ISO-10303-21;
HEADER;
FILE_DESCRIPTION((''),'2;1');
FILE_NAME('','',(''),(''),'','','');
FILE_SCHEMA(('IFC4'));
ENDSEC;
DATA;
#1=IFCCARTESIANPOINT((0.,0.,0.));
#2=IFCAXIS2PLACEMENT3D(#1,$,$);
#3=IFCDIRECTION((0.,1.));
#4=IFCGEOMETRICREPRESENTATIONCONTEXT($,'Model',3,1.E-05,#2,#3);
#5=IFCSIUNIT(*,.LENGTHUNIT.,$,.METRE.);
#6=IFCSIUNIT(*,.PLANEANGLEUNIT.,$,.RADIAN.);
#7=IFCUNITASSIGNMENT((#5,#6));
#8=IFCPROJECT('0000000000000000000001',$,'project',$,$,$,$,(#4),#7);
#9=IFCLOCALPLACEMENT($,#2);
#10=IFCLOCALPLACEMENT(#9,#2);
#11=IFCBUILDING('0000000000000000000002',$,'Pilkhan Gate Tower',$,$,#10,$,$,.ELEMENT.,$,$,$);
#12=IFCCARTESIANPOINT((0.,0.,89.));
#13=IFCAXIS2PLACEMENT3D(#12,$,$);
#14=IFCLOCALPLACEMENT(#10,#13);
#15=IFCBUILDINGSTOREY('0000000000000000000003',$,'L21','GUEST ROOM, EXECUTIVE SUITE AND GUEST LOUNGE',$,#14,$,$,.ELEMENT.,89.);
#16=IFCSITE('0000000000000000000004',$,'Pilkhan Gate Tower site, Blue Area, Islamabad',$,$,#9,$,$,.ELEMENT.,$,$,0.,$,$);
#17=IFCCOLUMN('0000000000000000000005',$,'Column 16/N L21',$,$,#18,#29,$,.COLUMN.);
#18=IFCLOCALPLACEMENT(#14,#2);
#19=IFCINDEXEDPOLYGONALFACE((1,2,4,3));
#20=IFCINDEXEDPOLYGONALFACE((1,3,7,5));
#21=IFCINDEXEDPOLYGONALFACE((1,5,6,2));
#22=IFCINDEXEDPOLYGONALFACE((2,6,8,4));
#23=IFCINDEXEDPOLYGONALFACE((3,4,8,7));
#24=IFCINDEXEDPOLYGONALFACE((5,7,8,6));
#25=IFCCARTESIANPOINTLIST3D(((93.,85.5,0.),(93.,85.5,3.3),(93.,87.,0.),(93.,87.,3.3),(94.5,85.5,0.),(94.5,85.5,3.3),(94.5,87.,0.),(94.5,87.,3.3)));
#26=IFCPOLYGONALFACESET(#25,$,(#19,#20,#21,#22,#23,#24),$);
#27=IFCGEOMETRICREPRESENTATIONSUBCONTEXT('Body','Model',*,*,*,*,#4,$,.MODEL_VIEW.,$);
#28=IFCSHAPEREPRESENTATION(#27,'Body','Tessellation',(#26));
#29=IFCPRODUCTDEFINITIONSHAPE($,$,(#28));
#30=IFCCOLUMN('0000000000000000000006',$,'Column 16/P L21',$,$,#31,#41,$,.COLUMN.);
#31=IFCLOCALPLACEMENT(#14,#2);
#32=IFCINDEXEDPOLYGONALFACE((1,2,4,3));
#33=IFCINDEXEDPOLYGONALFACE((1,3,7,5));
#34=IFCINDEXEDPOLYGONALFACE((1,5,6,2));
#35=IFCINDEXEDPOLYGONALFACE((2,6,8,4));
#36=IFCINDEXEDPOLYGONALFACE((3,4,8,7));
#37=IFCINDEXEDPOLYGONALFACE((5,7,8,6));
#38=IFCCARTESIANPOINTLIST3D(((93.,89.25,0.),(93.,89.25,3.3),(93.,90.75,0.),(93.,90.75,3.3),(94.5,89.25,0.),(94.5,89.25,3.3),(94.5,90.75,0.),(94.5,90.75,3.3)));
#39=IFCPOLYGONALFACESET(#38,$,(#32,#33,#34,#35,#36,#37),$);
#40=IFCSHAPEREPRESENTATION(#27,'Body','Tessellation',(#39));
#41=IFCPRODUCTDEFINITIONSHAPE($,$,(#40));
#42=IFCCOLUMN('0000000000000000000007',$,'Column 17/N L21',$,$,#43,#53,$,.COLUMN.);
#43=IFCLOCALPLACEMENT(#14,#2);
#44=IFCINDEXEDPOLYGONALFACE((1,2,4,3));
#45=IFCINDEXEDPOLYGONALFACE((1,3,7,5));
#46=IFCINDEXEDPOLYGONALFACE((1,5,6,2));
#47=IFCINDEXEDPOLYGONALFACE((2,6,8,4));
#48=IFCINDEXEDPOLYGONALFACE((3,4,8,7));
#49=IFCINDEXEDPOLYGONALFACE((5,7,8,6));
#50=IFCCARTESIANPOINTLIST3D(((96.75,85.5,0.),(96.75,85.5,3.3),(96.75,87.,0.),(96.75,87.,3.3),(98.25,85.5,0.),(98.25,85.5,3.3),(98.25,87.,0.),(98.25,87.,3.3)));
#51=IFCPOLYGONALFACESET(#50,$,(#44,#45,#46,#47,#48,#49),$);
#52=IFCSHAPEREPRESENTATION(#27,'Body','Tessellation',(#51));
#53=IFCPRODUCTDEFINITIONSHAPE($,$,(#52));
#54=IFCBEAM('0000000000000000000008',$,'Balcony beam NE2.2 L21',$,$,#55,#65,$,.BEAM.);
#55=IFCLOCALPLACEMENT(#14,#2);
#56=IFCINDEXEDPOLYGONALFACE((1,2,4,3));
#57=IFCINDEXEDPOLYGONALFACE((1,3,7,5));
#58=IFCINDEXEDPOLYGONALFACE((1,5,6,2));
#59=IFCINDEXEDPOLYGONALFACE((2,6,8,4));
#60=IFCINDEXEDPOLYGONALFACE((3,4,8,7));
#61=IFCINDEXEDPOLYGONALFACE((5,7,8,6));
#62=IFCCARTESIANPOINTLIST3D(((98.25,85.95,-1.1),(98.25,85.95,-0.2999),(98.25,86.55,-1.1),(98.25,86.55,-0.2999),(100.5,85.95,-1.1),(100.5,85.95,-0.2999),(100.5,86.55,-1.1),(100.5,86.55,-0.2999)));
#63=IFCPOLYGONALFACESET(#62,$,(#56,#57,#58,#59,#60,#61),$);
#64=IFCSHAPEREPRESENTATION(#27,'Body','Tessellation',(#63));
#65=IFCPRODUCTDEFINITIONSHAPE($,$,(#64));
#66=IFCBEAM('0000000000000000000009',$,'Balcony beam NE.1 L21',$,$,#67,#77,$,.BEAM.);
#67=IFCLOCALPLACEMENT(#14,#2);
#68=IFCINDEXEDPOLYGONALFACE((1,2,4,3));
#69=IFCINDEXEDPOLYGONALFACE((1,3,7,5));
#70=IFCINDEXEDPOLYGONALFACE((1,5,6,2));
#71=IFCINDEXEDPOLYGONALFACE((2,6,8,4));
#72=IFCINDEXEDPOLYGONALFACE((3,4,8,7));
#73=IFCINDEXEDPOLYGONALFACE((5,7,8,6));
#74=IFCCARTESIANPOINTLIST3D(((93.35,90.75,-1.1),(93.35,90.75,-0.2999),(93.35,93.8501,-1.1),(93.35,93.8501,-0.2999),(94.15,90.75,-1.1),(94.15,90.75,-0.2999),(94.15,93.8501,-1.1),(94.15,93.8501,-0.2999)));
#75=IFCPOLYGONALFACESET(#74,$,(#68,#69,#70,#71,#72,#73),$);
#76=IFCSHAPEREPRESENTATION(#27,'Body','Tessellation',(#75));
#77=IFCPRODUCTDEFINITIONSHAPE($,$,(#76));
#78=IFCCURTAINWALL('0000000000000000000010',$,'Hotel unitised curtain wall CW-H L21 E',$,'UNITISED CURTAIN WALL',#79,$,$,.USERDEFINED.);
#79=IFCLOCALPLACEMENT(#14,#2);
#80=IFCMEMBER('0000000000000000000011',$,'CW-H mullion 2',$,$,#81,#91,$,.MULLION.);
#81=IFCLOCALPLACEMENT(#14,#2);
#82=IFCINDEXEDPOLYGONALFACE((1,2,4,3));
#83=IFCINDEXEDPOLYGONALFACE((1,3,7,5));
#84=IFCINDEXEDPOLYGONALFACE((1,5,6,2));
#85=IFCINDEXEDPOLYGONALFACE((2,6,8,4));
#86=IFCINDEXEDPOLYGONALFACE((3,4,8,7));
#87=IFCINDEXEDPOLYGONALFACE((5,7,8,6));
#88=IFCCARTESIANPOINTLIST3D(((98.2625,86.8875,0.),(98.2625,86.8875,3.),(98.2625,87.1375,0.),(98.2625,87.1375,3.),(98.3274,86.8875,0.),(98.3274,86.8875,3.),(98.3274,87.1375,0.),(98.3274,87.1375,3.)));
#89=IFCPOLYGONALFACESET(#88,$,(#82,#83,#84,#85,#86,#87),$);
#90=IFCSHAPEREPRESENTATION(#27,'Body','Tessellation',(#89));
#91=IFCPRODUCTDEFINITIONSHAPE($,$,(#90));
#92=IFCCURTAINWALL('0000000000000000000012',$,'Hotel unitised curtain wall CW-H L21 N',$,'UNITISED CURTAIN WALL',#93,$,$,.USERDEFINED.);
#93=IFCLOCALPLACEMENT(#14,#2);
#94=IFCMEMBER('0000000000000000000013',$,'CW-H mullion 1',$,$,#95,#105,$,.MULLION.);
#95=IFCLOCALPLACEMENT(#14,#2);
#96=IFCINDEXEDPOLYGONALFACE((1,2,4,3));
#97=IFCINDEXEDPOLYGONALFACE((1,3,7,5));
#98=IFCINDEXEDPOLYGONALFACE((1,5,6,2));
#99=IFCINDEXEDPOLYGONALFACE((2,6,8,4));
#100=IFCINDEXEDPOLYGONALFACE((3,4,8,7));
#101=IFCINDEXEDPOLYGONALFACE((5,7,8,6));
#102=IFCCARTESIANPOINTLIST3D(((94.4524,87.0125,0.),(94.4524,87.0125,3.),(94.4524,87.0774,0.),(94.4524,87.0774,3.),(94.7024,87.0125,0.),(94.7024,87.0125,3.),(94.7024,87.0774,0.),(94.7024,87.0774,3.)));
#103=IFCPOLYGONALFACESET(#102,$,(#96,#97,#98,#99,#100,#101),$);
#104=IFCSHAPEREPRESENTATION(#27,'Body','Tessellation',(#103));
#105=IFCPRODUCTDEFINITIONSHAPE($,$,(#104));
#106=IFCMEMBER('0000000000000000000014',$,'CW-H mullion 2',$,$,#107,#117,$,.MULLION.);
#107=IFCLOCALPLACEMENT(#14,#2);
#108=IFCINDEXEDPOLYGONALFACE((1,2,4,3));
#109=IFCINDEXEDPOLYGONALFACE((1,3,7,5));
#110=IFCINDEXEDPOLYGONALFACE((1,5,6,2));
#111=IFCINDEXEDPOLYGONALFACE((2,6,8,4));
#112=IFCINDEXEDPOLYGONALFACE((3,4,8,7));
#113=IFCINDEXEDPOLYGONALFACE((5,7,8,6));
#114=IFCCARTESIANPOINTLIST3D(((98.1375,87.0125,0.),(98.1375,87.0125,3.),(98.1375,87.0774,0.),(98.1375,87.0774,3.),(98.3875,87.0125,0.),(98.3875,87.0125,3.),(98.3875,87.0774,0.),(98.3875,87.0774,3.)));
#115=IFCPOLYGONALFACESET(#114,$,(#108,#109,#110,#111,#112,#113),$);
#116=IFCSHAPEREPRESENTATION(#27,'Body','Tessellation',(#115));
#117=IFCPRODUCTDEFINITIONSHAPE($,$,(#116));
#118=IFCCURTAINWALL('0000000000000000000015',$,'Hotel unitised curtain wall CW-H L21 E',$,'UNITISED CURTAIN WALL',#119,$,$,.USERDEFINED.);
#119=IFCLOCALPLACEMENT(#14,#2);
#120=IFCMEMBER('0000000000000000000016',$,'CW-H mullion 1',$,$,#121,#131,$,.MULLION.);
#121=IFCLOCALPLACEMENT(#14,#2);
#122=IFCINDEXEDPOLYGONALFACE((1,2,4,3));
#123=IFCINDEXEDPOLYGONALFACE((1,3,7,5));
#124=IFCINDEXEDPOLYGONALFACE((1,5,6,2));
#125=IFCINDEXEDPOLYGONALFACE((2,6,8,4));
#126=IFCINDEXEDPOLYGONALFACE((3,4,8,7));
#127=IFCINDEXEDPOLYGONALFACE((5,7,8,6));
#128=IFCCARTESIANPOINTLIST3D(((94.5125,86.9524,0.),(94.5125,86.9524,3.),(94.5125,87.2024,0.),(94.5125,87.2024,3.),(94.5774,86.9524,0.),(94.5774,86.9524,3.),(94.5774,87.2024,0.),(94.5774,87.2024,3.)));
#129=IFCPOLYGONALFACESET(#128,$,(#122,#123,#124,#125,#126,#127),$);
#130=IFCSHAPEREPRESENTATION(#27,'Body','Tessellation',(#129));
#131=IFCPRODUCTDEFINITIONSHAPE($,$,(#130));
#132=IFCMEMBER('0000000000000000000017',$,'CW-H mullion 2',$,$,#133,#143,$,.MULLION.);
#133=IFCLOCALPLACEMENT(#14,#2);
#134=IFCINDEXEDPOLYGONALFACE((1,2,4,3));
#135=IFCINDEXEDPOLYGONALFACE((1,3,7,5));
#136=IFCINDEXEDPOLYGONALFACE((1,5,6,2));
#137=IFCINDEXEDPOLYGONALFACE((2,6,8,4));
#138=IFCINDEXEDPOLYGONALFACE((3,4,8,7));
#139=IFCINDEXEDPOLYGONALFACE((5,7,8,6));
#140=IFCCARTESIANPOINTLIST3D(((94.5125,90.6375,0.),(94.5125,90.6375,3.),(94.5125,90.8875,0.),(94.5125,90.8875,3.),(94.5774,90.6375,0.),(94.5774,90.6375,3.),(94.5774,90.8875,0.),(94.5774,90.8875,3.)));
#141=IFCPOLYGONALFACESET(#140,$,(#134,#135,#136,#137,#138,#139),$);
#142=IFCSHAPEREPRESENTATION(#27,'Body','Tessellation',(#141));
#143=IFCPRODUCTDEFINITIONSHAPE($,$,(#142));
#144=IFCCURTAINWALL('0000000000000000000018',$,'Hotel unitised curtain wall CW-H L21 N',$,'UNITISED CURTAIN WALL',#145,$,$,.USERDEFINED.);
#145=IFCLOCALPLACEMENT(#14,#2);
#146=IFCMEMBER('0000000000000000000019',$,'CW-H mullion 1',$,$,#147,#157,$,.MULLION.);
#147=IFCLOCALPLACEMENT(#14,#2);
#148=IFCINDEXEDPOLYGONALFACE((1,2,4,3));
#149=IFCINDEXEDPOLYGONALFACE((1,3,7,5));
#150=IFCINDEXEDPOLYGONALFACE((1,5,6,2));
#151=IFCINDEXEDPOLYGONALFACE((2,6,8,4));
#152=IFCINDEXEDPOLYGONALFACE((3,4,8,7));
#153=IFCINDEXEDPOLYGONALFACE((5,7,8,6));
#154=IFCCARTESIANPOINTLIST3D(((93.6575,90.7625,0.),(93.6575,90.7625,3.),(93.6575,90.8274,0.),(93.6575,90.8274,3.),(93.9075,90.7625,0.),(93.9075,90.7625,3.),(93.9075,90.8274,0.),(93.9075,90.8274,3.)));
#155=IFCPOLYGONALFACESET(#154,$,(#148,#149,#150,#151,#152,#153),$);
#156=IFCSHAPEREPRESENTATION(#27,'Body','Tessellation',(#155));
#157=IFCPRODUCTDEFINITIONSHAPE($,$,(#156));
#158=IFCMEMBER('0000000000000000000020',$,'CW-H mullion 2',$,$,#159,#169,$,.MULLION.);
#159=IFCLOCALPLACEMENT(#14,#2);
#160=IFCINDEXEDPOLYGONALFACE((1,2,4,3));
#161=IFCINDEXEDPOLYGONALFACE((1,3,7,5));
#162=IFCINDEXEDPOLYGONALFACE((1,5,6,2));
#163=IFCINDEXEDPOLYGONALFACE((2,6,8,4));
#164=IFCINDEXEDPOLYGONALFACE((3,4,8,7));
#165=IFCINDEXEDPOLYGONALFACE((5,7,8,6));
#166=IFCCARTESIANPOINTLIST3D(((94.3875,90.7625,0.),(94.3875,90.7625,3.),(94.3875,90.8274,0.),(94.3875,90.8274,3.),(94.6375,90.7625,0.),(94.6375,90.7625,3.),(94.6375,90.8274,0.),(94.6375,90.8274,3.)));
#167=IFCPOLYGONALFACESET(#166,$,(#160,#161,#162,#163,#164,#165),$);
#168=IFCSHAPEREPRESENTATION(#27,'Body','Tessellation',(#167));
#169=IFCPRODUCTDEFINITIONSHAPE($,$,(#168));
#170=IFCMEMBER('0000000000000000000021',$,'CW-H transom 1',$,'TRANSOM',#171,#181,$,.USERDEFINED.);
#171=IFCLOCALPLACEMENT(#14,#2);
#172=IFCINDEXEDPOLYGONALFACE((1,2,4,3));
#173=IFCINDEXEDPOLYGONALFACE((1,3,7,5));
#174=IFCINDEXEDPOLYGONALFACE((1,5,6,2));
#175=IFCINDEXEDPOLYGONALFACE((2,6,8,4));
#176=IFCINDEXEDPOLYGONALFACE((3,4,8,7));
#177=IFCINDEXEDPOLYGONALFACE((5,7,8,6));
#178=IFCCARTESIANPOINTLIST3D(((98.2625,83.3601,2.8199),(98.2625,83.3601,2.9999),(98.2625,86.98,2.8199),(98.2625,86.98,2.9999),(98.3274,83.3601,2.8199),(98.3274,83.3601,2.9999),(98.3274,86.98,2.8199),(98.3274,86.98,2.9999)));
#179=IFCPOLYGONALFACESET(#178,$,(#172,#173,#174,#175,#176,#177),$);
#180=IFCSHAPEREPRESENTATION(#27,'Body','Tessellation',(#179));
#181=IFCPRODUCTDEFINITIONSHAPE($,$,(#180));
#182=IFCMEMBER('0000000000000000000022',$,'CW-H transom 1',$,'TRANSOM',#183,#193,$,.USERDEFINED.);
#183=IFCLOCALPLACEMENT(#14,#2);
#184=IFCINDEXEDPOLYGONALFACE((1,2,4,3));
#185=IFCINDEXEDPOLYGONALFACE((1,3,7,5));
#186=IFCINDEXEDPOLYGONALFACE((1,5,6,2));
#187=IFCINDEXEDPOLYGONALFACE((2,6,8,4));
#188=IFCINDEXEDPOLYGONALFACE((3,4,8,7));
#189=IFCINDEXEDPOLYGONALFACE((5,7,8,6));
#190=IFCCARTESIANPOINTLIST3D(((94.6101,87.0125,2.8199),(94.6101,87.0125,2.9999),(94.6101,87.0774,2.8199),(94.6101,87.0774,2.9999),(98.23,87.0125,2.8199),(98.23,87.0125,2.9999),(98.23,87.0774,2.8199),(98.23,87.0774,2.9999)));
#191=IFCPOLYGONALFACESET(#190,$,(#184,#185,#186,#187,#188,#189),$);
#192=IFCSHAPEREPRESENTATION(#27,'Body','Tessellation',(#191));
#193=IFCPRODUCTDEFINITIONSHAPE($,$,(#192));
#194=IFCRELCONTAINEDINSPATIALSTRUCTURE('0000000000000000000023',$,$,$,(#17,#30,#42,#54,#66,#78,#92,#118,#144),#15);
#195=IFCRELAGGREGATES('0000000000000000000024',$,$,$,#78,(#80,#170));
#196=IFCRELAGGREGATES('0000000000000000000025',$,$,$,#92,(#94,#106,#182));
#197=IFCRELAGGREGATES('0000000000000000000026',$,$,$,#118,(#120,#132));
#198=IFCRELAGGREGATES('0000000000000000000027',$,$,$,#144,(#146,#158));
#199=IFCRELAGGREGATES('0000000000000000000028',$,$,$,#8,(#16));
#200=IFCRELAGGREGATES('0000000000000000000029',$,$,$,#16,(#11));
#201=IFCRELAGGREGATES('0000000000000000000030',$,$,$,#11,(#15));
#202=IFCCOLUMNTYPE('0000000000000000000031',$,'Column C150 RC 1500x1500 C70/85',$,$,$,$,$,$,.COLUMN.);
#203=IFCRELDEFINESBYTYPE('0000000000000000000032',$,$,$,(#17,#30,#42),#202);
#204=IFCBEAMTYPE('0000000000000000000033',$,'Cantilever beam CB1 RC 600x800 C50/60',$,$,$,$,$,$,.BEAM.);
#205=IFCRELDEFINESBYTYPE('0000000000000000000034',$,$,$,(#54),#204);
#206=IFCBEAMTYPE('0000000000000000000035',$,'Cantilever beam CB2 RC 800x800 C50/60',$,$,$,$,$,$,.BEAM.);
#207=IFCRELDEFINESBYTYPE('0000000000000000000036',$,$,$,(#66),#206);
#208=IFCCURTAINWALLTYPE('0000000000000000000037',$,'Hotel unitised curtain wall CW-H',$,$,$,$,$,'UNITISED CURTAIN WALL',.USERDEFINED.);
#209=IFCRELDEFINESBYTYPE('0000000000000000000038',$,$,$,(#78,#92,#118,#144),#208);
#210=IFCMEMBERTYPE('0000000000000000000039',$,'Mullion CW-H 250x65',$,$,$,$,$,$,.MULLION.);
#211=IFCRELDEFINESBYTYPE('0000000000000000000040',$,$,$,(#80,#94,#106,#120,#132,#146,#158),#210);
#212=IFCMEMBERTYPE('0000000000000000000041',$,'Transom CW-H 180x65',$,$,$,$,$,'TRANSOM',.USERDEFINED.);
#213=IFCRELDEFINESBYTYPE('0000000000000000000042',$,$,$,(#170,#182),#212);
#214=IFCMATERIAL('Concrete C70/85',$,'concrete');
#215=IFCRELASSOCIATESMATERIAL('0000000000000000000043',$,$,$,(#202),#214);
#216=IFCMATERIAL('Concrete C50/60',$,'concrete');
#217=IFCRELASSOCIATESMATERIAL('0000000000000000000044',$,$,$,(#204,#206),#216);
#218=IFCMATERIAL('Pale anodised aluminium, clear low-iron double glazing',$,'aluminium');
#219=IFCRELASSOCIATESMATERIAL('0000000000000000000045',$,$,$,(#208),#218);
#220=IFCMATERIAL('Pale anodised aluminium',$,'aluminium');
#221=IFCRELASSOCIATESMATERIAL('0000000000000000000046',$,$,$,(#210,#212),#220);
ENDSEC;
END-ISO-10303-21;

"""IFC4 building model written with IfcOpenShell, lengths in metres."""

from ifc_helpers import new_model, si_unit, direction, frame, origin, origin_2d, place, context, subcontext, project, spatial, rectangle, extrude, material, material_profile, profile_set, type_object, element, aggregate, save


model = new_model("IFC4")

# Units and contexts
model_context = context("Model", 3, precision=1e-05, world=origin(), true_north=direction((0.0, 1.0)))
body_context = subcontext(model_context, "Body", "Model", "MODEL_VIEW")
ifc_project = project(units=[si_unit("LENGTHUNIT", "METRE"), si_unit("PLANEANGLEUNIT", "RADIAN")], contexts=[model_context])

# Site, building, storey
site_placement = place(None, origin())
site = spatial("IfcSite", under=ifc_project, at=site_placement, Name="Pilkhan Gate Tower site, Blue Area, Islamabad", CompositionType="ELEMENT", RefElevation=0.0)
building_placement = place(site_placement, origin())
building = spatial("IfcBuilding", under=site, at=building_placement, Name="Pilkhan Gate Tower", CompositionType="ELEMENT")
storey_placement = place(building_placement, frame((0.0, 0.0, 89.0)))
storey = spatial("IfcBuildingStorey", under=building, at=storey_placement, Name="L21", Description="GUEST ROOM, EXECUTIVE SUITE AND GUEST LOUNGE", CompositionType="ELEMENT", Elevation=89.0)

# Columns
ifc_material_1 = material(Name="Concrete C70/85", Category="concrete")
ifc_material_profile_1 = material_profile(ifc_material_1, rectangle(XDim=1.5, YDim=1.5, at=origin_2d()), Name="RC 1500x1500")
ifc_profile_set_1 = profile_set([ifc_material_profile_1], Name="Concrete C70/85")
column_type = type_object("IfcColumnType", Name="Column C150 RC 1500x1500 C70/85", PredefinedType="COLUMN", material=ifc_profile_set_1)
for number, where, z_axis, x_axis, name in (
    (1, (93.75, 86.25, 0.0), (0.0, 0.0, 1.0), (1.0, 0.0, 0.0), "Column 16/N L21"),
    (2, (93.75, 90.0, 0.0), (0.0, 0.0, 1.0), (1.0, 0.0, 0.0), "Column 16/P L21"),
    (3, (97.5, 86.25, 0.0), (0.0, 0.0, 1.0), (1.0, 0.0, 0.0), "Column 17/N L21"),
):
    element("IfcColumn", number, at=place(storey_placement, frame(where, z_axis=z_axis, x_axis=x_axis)), inside=storey, type_object=column_type, Name=name, PredefinedType="COLUMN", context=body_context, shape_type="SweptSolid", body=[
        extrude(rectangle(XDim=1.5, YDim=1.5, at=origin_2d()), origin(), (0.0, 0.0, 1.0), 3.3),
    ])

# Beams
ifc_material_2 = material(Name="Concrete C50/60", Category="concrete")
ifc_material_profile_2 = material_profile(ifc_material_2, rectangle(XDim=0.6001, YDim=0.8, at=origin_2d()), Name="RC 600x800")
ifc_profile_set_2 = profile_set([ifc_material_profile_2], Name="Concrete C50/60")
beam_type_1 = type_object("IfcBeamType", Name="Cantilever beam CB1 RC 600x800 C50/60", PredefinedType="BEAM", material=ifc_profile_set_2)
beam_1_placement = place(storey_placement, frame((98.25, 86.25, -0.7), z_axis=(1.0, 0.0, 0.0), x_axis=(0.0, 1.0, 0.0)))
element("IfcBeam", 4, at=beam_1_placement, inside=storey, type_object=beam_type_1, Name="Balcony beam NE2.2 L21", PredefinedType="BEAM", context=body_context, shape_type="SweptSolid", body=[
    extrude(rectangle(XDim=0.6001, YDim=0.8, at=origin_2d()), origin(), (0.0, 0.0, 1.0), 2.25),
])
ifc_material_profile_3 = material_profile(ifc_material_2, rectangle(XDim=0.8, YDim=0.8, at=origin_2d()), Name="RC 800x800")
ifc_profile_set_3 = profile_set([ifc_material_profile_3], Name="Concrete C50/60")
beam_type_2 = type_object("IfcBeamType", Name="Cantilever beam CB2 RC 800x800 C50/60", PredefinedType="BEAM", material=ifc_profile_set_3)
beam_2_placement = place(storey_placement, frame((93.75, 90.75, -0.7), z_axis=(0.0, 1.0, 0.0), x_axis=(-1.0, 0.0, 0.0)))
element("IfcBeam", 5, at=beam_2_placement, inside=storey, type_object=beam_type_2, Name="Balcony beam NE.1 L21", PredefinedType="BEAM", context=body_context, shape_type="SweptSolid", body=[
    extrude(rectangle(XDim=0.8, YDim=0.8, at=origin_2d()), origin(), (0.0, 0.0, 1.0), 3.1001),
])

# Curtain wall, member
ifc_material_3 = material(Name="Pale anodised aluminium, clear low-iron double glazing", Category="aluminium")
curtain_wall_type = type_object("IfcCurtainWallType", Name="Hotel unitised curtain wall CW-H", ElementType="UNITISED CURTAIN WALL", PredefinedType="USERDEFINED", material=ifc_material_3)
curtain_wall_1_placement = place(storey_placement, origin())
curtain_wall_1 = element("IfcCurtainWall", 6, at=curtain_wall_1_placement, inside=storey, type_object=curtain_wall_type, Name="Hotel unitised curtain wall CW-H L21 E", ObjectType="UNITISED CURTAIN WALL", PredefinedType="USERDEFINED")
ifc_material_4 = material(Name="Pale anodised aluminium", Category="aluminium")
ifc_material_profile_4 = material_profile(ifc_material_4, rectangle(XDim=0.0649, YDim=0.25, at=origin_2d()), Name="Mullion 250x65")
ifc_profile_set_4 = profile_set([ifc_material_profile_4], Name="Pale anodised aluminium")
member_type_1 = type_object("IfcMemberType", Name="Mullion CW-H 250x65", PredefinedType="MULLION", material=ifc_profile_set_4)
member_1_placement = place(storey_placement, frame((98.2949, 87.0125, 0.0), z_axis=(0.0, 0.0, 1.0), x_axis=(-1.0, 0.0, 0.0)))
member_1 = element("IfcMember", 7, at=member_1_placement, type_object=member_type_1, Name="CW-H mullion 2", PredefinedType="MULLION", context=body_context, shape_type="SweptSolid", body=[
    extrude(rectangle(XDim=0.0649, YDim=0.25, at=origin_2d()), origin(), (0.0, 0.0, 1.0), 3.0),
])

# Curtain walls, members
curtain_wall_2_placement = place(storey_placement, origin())
curtain_wall_2 = element("IfcCurtainWall", 8, at=curtain_wall_2_placement, inside=storey, type_object=curtain_wall_type, Name="Hotel unitised curtain wall CW-H L21 N", ObjectType="UNITISED CURTAIN WALL", PredefinedType="USERDEFINED")
member_2_placement = place(storey_placement, frame((94.5774, 87.0449, 0.0), z_axis=(0.0, 0.0, 1.0), x_axis=(0.0, 1.0, 0.0)))
member_2 = element("IfcMember", 9, at=member_2_placement, type_object=member_type_1, Name="CW-H mullion 1", PredefinedType="MULLION", context=body_context, shape_type="SweptSolid", body=[
    extrude(rectangle(XDim=0.0649, YDim=0.25, at=origin_2d()), origin(), (0.0, 0.0, 1.0), 3.0),
])
member_3_placement = place(storey_placement, frame((98.2625, 87.0449, 0.0), z_axis=(0.0, 0.0, 1.0), x_axis=(0.0, 1.0, 0.0)))
member_3 = element("IfcMember", 10, at=member_3_placement, type_object=member_type_1, Name="CW-H mullion 2", PredefinedType="MULLION", context=body_context, shape_type="SweptSolid", body=[
    extrude(rectangle(XDim=0.0649, YDim=0.25, at=origin_2d()), origin(), (0.0, 0.0, 1.0), 3.0),
])
curtain_wall_3_placement = place(storey_placement, origin())
curtain_wall_3 = element("IfcCurtainWall", 11, at=curtain_wall_3_placement, inside=storey, type_object=curtain_wall_type, Name="Hotel unitised curtain wall CW-H L21 E", ObjectType="UNITISED CURTAIN WALL", PredefinedType="USERDEFINED")
member_4_placement = place(storey_placement, frame((94.5449, 87.0774, 0.0), z_axis=(0.0, 0.0, 1.0), x_axis=(-1.0, 0.0, 0.0)))
member_4 = element("IfcMember", 12, at=member_4_placement, type_object=member_type_1, Name="CW-H mullion 1", PredefinedType="MULLION", context=body_context, shape_type="SweptSolid", body=[
    extrude(rectangle(XDim=0.0649, YDim=0.25, at=origin_2d()), origin(), (0.0, 0.0, 1.0), 3.0),
])
member_5_placement = place(storey_placement, frame((94.5449, 90.7625, 0.0), z_axis=(0.0, 0.0, 1.0), x_axis=(-1.0, 0.0, 0.0)))
member_5 = element("IfcMember", 13, at=member_5_placement, type_object=member_type_1, Name="CW-H mullion 2", PredefinedType="MULLION", context=body_context, shape_type="SweptSolid", body=[
    extrude(rectangle(XDim=0.0649, YDim=0.25, at=origin_2d()), origin(), (0.0, 0.0, 1.0), 3.0),
])
curtain_wall_4_placement = place(storey_placement, origin())
curtain_wall_4 = element("IfcCurtainWall", 14, at=curtain_wall_4_placement, inside=storey, type_object=curtain_wall_type, Name="Hotel unitised curtain wall CW-H L21 N", ObjectType="UNITISED CURTAIN WALL", PredefinedType="USERDEFINED")
member_6_placement = place(storey_placement, frame((93.7825, 90.7949, 0.0), z_axis=(0.0, 0.0, 1.0), x_axis=(0.0, 1.0, 0.0)))
member_6 = element("IfcMember", 15, at=member_6_placement, type_object=member_type_1, Name="CW-H mullion 1", PredefinedType="MULLION", context=body_context, shape_type="SweptSolid", body=[
    extrude(rectangle(XDim=0.0649, YDim=0.25, at=origin_2d()), origin(), (0.0, 0.0, 1.0), 3.0),
])
member_7_placement = place(storey_placement, frame((94.5125, 90.7949, 0.0), z_axis=(0.0, 0.0, 1.0), x_axis=(0.0, 1.0, 0.0)))
member_7 = element("IfcMember", 16, at=member_7_placement, type_object=member_type_1, Name="CW-H mullion 2", PredefinedType="MULLION", context=body_context, shape_type="SweptSolid", body=[
    extrude(rectangle(XDim=0.0649, YDim=0.25, at=origin_2d()), origin(), (0.0, 0.0, 1.0), 3.0),
])

# Members
ifc_material_profile_5 = material_profile(ifc_material_4, rectangle(XDim=0.0649, YDim=0.1799, at=origin_2d()), Name="Transom 180x65")
ifc_profile_set_5 = profile_set([ifc_material_profile_5], Name="Pale anodised aluminium")
member_type_2 = type_object("IfcMemberType", Name="Transom CW-H 180x65", ElementType="TRANSOM", PredefinedType="USERDEFINED", material=ifc_profile_set_5)
member_8_placement = place(storey_placement, frame((98.2949, 83.3601, 2.9099), z_axis=(0.0, 1.0, 0.0), x_axis=(-1.0, 0.0, 0.0)))
member_8 = element("IfcMember", 17, at=member_8_placement, type_object=member_type_2, Name="CW-H transom 1", ObjectType="TRANSOM", PredefinedType="USERDEFINED", context=body_context, shape_type="SweptSolid", body=[
    extrude(rectangle(XDim=0.0649, YDim=0.1799, at=origin_2d()), origin(), (0.0, 0.0, 1.0), 3.6199),
])
member_9_placement = place(storey_placement, frame((94.6101, 87.0449, 2.9099), z_axis=(1.0, 0.0, 0.0), x_axis=(0.0, 1.0, 0.0)))
member_9 = element("IfcMember", 18, at=member_9_placement, type_object=member_type_2, Name="CW-H transom 1", ObjectType="TRANSOM", PredefinedType="USERDEFINED", context=body_context, shape_type="SweptSolid", body=[
    extrude(rectangle(XDim=0.0649, YDim=0.1799, at=origin_2d()), origin(), (0.0, 0.0, 1.0), 3.6199),
])

aggregate(curtain_wall_1, [member_1, member_8])
aggregate(curtain_wall_2, [member_2, member_3, member_9])
aggregate(curtain_wall_3, [member_4, member_5])
aggregate(curtain_wall_4, [member_6, member_7])

save(model, "model.ifc")
